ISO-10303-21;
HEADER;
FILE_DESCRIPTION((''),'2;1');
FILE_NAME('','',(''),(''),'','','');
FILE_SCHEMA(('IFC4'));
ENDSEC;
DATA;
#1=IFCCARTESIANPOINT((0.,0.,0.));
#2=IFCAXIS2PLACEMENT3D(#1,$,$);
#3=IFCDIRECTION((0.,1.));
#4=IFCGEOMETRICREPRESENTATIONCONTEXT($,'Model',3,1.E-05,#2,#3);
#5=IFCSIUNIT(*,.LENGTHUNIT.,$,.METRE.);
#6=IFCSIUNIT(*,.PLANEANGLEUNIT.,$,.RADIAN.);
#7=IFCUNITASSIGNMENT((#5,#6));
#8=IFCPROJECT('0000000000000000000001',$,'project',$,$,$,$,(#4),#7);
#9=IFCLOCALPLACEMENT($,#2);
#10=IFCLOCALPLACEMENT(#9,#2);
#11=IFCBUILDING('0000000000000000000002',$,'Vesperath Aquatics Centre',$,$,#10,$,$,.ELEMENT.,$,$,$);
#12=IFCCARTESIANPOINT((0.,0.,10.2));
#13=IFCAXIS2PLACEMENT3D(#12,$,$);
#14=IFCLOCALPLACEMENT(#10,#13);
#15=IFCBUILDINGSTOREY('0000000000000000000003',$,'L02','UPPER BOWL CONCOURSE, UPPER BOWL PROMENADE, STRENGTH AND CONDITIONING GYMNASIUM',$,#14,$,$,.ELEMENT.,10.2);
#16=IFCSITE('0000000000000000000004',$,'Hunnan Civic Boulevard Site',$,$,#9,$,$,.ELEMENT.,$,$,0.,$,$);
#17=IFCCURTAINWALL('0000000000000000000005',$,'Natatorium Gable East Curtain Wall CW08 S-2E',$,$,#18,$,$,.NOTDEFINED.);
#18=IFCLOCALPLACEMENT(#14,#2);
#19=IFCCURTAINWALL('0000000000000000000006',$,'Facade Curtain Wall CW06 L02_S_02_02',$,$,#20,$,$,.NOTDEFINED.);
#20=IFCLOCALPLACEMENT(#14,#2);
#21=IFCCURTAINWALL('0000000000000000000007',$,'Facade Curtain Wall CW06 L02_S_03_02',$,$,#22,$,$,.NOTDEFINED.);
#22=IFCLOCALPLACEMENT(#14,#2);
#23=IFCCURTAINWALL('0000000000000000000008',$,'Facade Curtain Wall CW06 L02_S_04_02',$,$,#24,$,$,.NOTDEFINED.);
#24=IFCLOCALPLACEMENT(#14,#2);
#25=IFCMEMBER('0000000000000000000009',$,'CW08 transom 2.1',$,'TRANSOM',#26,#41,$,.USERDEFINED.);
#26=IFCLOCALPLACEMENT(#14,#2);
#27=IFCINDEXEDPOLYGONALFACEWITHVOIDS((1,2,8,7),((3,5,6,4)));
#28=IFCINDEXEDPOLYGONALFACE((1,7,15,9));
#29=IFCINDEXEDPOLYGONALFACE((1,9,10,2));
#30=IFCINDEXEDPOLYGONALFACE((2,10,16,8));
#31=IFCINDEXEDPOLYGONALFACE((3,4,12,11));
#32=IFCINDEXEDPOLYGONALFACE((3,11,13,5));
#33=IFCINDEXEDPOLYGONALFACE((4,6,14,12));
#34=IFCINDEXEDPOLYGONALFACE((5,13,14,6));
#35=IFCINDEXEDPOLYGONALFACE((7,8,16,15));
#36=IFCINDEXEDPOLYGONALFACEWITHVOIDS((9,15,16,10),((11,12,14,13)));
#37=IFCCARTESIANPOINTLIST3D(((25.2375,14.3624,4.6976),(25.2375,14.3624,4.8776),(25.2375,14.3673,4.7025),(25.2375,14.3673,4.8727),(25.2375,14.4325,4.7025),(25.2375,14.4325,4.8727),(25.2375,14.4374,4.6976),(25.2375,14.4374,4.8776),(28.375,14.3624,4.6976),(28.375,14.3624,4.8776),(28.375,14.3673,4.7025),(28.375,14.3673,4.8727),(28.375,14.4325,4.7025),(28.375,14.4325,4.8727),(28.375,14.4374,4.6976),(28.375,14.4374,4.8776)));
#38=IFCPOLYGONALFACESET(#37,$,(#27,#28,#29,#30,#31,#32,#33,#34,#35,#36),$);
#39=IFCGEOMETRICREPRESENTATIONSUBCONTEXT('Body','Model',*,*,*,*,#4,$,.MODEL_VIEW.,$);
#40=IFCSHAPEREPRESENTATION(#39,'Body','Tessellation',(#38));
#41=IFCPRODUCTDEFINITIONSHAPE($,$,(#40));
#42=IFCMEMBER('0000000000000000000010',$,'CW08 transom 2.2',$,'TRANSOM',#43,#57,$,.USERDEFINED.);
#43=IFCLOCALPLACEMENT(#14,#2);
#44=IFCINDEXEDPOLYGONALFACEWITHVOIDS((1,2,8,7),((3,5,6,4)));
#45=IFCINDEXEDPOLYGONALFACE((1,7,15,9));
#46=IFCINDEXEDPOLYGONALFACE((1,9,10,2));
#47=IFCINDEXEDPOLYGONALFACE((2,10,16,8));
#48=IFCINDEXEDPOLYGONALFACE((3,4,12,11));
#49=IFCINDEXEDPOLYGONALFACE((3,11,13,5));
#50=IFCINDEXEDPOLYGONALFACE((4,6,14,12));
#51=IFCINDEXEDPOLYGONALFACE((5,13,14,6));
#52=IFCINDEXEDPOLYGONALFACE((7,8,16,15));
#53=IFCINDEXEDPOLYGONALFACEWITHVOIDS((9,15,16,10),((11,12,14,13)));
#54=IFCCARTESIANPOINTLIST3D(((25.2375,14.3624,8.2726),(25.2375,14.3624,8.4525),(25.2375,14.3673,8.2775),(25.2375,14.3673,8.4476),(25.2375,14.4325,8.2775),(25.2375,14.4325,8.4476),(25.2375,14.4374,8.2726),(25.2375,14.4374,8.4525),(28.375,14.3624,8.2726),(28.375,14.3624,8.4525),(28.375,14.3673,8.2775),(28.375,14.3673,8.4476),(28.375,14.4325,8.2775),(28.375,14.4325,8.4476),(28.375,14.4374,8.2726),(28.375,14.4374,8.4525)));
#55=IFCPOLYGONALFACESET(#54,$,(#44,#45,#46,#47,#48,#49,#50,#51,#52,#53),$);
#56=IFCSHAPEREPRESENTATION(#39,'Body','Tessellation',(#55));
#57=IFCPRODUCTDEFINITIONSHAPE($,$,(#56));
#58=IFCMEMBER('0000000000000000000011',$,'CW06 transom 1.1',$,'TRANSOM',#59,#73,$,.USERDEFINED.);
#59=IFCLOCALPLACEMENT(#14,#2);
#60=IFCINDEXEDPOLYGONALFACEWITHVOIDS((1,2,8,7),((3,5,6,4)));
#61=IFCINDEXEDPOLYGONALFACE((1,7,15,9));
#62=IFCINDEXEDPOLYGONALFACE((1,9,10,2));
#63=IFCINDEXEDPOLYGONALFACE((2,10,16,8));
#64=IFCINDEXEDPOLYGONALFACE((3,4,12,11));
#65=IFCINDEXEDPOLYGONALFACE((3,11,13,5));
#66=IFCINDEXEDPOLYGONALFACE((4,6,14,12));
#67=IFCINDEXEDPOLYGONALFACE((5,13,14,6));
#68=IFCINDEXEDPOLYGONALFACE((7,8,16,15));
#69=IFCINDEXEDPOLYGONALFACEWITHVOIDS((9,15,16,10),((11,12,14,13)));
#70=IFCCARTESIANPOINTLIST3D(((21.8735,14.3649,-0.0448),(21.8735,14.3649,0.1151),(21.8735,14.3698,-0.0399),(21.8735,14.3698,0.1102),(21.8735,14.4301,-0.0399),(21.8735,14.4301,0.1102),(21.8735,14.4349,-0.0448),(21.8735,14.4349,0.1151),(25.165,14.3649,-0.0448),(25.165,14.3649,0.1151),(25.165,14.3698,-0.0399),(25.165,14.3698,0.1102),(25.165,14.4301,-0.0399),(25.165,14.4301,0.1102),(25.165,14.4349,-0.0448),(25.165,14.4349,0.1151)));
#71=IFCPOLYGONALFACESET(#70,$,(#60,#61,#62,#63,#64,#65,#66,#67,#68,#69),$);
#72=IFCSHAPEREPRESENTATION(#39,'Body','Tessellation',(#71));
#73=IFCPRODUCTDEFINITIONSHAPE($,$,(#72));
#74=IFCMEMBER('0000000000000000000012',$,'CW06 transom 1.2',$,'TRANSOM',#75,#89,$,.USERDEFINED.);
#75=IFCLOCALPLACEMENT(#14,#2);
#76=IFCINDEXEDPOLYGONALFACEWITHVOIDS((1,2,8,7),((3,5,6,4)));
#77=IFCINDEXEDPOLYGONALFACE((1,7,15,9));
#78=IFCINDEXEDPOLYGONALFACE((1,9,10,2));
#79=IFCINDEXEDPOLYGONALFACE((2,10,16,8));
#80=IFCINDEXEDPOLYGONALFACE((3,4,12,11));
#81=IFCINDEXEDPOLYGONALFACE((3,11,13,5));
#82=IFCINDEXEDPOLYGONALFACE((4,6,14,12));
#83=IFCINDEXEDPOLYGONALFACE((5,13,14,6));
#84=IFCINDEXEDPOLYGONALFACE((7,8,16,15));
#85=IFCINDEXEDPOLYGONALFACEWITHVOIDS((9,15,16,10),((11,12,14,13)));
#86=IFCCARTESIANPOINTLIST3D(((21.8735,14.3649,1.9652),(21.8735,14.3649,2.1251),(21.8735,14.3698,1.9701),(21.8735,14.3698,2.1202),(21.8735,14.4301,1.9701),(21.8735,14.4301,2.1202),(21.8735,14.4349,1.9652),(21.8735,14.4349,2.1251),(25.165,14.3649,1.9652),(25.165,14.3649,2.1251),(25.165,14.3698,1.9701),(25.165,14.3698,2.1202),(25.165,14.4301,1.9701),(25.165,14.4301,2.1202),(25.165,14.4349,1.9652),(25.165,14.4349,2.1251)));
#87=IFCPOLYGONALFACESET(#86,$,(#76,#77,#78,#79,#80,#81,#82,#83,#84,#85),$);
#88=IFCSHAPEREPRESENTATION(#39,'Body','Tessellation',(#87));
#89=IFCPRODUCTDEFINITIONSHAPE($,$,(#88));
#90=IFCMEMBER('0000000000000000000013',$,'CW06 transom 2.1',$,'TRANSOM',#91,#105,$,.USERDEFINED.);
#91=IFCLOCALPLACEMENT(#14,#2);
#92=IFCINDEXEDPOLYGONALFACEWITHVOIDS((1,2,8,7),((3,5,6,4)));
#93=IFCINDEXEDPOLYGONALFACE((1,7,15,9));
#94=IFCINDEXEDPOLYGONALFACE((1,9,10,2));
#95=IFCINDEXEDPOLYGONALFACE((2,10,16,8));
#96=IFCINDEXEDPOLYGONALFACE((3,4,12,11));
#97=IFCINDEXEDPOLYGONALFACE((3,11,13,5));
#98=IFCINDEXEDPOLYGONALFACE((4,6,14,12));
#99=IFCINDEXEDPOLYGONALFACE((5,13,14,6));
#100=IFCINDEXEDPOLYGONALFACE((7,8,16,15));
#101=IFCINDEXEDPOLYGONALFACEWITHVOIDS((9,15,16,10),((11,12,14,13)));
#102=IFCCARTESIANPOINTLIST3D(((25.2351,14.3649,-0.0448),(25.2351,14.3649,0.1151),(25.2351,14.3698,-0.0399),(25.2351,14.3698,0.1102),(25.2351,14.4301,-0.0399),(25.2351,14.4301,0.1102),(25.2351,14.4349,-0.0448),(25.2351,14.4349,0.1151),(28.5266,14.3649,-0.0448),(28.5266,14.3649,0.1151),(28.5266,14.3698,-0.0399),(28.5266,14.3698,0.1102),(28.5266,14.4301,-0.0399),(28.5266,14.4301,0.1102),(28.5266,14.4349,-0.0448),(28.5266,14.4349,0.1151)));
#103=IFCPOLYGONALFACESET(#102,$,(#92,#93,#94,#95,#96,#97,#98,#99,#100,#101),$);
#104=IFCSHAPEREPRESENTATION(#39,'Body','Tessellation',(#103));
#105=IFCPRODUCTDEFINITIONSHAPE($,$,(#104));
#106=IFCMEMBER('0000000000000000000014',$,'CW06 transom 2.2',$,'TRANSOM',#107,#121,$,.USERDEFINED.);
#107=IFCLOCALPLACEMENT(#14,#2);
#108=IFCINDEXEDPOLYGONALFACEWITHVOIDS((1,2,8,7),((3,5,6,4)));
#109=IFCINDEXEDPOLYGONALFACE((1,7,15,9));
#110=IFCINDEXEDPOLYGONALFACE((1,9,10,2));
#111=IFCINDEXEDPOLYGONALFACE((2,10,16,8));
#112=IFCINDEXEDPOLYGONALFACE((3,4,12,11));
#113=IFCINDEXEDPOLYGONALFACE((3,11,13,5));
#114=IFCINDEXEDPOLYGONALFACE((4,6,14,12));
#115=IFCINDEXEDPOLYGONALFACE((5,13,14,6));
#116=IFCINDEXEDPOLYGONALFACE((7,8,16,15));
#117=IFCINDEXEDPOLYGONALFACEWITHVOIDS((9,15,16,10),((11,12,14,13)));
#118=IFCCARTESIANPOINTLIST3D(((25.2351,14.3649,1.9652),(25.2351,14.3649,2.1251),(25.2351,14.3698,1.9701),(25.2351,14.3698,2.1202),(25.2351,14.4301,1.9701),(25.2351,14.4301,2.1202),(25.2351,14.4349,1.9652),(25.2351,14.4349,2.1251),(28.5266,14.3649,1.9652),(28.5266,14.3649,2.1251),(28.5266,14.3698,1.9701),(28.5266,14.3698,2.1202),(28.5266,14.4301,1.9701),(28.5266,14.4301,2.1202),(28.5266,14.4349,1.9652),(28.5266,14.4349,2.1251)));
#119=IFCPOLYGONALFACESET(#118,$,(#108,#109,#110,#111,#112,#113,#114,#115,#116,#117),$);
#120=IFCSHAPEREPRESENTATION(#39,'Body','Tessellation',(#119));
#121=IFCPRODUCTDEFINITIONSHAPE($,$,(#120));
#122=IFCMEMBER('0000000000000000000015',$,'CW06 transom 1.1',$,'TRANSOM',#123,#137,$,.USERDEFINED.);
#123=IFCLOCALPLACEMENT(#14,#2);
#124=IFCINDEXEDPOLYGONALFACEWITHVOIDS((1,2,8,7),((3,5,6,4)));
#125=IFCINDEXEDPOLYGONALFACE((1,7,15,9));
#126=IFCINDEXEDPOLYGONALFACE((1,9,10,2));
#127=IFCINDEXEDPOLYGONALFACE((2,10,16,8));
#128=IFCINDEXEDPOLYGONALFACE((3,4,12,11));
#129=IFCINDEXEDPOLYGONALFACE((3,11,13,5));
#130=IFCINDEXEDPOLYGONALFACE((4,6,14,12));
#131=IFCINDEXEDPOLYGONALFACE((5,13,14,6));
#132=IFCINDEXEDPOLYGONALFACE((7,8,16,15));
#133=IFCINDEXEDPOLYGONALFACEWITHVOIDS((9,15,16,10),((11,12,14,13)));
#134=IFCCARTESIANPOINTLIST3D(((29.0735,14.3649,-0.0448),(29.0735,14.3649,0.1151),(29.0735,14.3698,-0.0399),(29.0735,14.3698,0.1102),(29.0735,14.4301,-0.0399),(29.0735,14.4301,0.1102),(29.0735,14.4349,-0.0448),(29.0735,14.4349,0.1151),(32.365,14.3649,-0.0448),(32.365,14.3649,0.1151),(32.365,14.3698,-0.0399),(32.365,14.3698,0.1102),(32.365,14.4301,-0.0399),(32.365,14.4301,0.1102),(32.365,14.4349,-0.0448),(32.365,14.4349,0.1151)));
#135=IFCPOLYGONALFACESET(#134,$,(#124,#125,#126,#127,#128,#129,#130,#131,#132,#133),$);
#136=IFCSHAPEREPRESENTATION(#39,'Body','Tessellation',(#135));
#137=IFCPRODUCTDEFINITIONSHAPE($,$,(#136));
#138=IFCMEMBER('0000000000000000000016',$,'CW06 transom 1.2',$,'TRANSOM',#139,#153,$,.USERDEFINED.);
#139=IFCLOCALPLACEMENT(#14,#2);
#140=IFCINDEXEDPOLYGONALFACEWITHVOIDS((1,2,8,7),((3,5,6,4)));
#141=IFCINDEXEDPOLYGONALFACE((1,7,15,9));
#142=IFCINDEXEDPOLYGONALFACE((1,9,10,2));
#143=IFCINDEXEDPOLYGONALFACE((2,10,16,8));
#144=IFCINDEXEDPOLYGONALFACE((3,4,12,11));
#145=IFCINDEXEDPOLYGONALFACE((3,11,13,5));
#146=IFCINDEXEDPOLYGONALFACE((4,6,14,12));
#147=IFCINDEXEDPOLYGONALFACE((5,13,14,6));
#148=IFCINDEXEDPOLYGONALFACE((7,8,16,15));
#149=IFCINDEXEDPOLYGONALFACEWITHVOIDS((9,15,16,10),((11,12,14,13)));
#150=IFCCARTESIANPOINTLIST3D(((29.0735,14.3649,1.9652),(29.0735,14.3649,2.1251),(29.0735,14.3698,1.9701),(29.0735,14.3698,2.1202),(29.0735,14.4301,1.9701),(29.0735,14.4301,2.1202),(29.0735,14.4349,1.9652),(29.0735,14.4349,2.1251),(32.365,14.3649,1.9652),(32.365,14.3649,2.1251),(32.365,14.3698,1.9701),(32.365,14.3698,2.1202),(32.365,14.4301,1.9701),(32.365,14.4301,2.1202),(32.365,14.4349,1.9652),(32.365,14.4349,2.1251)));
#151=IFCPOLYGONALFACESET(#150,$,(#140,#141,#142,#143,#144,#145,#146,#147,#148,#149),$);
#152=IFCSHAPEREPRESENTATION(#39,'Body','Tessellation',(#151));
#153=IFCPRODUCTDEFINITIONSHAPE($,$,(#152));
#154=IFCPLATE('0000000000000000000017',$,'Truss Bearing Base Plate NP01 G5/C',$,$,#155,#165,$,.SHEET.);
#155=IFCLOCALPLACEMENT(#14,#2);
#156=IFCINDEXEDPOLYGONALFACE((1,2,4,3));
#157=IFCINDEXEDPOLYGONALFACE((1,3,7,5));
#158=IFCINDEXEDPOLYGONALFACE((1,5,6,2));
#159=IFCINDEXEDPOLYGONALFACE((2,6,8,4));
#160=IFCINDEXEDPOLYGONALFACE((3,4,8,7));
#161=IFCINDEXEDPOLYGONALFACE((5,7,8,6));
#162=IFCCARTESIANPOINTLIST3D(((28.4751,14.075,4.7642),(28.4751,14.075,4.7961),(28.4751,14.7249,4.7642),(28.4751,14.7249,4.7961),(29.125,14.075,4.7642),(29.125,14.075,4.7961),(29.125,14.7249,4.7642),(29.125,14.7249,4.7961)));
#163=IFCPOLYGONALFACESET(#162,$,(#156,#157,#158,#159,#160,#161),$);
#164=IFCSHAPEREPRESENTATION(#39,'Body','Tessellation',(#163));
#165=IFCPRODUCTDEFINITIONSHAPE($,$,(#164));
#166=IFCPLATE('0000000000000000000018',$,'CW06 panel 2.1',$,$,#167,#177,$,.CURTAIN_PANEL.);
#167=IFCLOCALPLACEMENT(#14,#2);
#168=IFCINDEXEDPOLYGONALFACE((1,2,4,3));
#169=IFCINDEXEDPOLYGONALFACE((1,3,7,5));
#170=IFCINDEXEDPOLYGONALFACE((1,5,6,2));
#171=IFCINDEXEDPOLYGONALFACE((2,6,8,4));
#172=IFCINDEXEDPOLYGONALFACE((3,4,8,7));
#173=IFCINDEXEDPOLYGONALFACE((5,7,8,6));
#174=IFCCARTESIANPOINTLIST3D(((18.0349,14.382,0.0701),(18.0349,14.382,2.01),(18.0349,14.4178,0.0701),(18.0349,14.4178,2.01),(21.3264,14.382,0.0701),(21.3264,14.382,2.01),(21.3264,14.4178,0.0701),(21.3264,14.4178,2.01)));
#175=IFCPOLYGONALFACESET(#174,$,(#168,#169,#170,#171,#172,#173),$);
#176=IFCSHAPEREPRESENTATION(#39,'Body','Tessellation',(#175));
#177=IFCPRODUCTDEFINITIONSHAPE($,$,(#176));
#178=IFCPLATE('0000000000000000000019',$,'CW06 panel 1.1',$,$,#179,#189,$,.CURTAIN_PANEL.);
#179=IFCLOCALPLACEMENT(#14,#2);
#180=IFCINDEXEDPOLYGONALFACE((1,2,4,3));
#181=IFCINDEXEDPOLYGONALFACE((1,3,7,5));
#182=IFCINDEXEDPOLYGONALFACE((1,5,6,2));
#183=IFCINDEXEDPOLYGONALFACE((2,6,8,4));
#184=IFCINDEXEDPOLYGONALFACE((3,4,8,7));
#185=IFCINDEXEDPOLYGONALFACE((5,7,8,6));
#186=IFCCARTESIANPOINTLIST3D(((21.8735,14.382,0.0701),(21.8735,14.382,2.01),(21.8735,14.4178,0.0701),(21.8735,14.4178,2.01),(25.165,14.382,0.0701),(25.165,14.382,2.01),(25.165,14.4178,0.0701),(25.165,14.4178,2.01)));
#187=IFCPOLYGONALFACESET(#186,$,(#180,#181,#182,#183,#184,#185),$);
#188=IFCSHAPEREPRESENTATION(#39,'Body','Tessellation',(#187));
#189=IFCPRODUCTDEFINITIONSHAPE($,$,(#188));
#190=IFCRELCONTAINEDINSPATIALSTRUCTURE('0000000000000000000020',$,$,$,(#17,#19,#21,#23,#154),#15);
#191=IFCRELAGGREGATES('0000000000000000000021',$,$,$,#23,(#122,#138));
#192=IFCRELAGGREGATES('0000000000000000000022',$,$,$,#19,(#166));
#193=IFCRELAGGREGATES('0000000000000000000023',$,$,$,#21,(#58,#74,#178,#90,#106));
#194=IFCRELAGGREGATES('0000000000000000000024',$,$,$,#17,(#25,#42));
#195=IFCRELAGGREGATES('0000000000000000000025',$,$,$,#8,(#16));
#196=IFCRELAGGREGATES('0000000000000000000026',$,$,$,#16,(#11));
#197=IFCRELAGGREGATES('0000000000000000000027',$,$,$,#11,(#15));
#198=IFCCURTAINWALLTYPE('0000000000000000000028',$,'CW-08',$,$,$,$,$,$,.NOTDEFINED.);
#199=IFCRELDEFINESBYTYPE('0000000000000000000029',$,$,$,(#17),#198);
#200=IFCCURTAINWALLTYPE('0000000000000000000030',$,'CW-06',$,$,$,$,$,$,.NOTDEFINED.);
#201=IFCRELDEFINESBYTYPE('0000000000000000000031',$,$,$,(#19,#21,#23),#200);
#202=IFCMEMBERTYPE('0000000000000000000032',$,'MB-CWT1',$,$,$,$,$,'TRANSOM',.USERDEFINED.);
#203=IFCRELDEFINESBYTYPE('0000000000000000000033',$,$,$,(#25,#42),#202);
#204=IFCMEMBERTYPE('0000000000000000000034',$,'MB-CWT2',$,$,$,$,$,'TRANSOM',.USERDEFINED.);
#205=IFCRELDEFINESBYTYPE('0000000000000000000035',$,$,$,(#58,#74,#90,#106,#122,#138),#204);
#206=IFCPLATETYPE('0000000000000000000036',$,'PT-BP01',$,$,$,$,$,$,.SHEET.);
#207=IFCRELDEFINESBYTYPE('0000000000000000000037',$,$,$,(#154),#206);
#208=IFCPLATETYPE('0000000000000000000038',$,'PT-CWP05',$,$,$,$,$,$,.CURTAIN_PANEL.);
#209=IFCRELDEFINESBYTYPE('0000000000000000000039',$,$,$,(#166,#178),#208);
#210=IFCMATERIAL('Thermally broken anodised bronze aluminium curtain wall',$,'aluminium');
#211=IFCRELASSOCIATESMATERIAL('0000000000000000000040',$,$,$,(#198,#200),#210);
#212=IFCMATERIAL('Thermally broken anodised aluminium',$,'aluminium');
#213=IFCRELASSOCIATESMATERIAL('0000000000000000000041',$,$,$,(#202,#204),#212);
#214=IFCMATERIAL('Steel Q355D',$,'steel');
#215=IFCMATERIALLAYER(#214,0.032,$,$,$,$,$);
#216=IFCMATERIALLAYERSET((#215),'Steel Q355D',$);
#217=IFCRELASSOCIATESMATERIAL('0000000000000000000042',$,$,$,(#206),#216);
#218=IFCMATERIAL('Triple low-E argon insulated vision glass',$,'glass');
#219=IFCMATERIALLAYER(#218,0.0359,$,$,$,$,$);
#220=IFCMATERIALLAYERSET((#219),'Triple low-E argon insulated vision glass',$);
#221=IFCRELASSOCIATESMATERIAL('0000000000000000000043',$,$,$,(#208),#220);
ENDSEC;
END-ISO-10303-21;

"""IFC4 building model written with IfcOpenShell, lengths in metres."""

from ifc_helpers import new_model, si_unit, direction, frame, origin, origin_2d, place, context, subcontext, project, spatial, rectangle, hollow_rectangle, extrude, material, layer, layer_set, material_profile, profile_set, type_object, element, aggregate, save


model = new_model("IFC4")

# Units and contexts
model_context = context("Model", 3, precision=1e-05, world=origin(), true_north=direction((0.0, 1.0)))
body_context = subcontext(model_context, "Body", "Model", "MODEL_VIEW")
ifc_project = project(units=[si_unit("LENGTHUNIT", "METRE"), si_unit("PLANEANGLEUNIT", "RADIAN")], contexts=[model_context])

# Site, building, storey
site_placement = place(None, origin())
site = spatial("IfcSite", under=ifc_project, at=site_placement, Name="Hunnan Civic Boulevard Site", CompositionType="ELEMENT", RefElevation=0.0)
building_placement = place(site_placement, origin())
building = spatial("IfcBuilding", under=site, at=building_placement, Name="Vesperath Aquatics Centre", CompositionType="ELEMENT")
storey_placement = place(building_placement, frame((0.0, 0.0, 10.2)))
storey = spatial("IfcBuildingStorey", under=building, at=storey_placement, Name="L02", Description="UPPER BOWL CONCOURSE, UPPER BOWL PROMENADE, STRENGTH AND CONDITIONING GYMNASIUM", CompositionType="ELEMENT", Elevation=10.2)

# Shared definitions
ifc_material_1 = material(Name="Steel Q355D", Category="steel")

# Shared definitions
ifc_material_2 = material(Name="Thermally broken anodised bronze aluminium curtain wall", Category="aluminium")
curtain_wall_type_1 = type_object("IfcCurtainWallType", Name="CW-08", PredefinedType="NOTDEFINED", material=ifc_material_2)
ifc_material_3 = material(Name="Thermally broken anodised aluminium", Category="aluminium")

# Curtain wall
curtain_wall_1_placement = place(storey_placement, origin())
curtain_wall_1 = element("IfcCurtainWall", 1, at=curtain_wall_1_placement, inside=storey, type_object=curtain_wall_type_1, Name="Natatorium Gable East Curtain Wall CW08 S-2E", PredefinedType="NOTDEFINED")

# Curtain wall
curtain_wall_type_2 = type_object("IfcCurtainWallType", Name="CW-06", PredefinedType="NOTDEFINED", material=ifc_material_2)
curtain_wall_2_placement = place(storey_placement, origin())
curtain_wall_2 = element("IfcCurtainWall", 2, at=curtain_wall_2_placement, inside=storey, type_object=curtain_wall_type_2, Name="Facade Curtain Wall CW06 L02_S_02_02", PredefinedType="NOTDEFINED")

# Curtain wall
curtain_wall_3_placement = place(storey_placement, origin())
curtain_wall_3 = element("IfcCurtainWall", 3, at=curtain_wall_3_placement, inside=storey, type_object=curtain_wall_type_2, Name="Facade Curtain Wall CW06 L02_S_03_02", PredefinedType="NOTDEFINED")

# Curtain wall
curtain_wall_4_placement = place(storey_placement, origin())
curtain_wall_4 = element("IfcCurtainWall", 4, at=curtain_wall_4_placement, inside=storey, type_object=curtain_wall_type_2, Name="Facade Curtain Wall CW06 L02_S_04_02", PredefinedType="NOTDEFINED")

# Members
ifc_material_profile_1 = material_profile(ifc_material_3, hollow_rectangle(XDim=0.075, YDim=0.1799, WallThickness=0.0049, at=origin_2d()), Name="CWT 75x180x5")
ifc_profile_set_1 = profile_set([ifc_material_profile_1], Name="Thermally broken anodised aluminium")
member_type_1 = type_object("IfcMemberType", Name="MB-CWT1", ElementType="TRANSOM", PredefinedType="USERDEFINED", material=ifc_profile_set_1)
member_1_placement = place(storey_placement, frame((25.2375, 14.3999, 4.7876), z_axis=(1.0, 0.0, 0.0), x_axis=(0.0, 1.0, 0.0)))
member_1 = element("IfcMember", 5, at=member_1_placement, type_object=member_type_1, Name="CW08 transom 2.1", ObjectType="TRANSOM", PredefinedType="USERDEFINED", context=body_context, shape_type="SweptSolid", body=[
    extrude(hollow_rectangle(XDim=0.075, YDim=0.1799, WallThickness=0.0049, at=origin_2d()), origin(), (0.0, 0.0, 1.0), 3.1375),
])
member_2_placement = place(storey_placement, frame((25.2375, 14.3999, 8.3625), z_axis=(1.0, 0.0, 0.0), x_axis=(0.0, 1.0, 0.0)))
member_2 = element("IfcMember", 6, at=member_2_placement, type_object=member_type_1, Name="CW08 transom 2.2", ObjectType="TRANSOM", PredefinedType="USERDEFINED", context=body_context, shape_type="SweptSolid", body=[
    extrude(hollow_rectangle(XDim=0.075, YDim=0.1799, WallThickness=0.0049, at=origin_2d()), origin(), (0.0, 0.0, 1.0), 3.1375),
])
ifc_material_profile_2 = material_profile(ifc_material_3, hollow_rectangle(XDim=0.0701, YDim=0.1599, WallThickness=0.0049, at=origin_2d()), Name="CWT 70x160x5")
ifc_profile_set_2 = profile_set([ifc_material_profile_2], Name="Thermally broken anodised aluminium")
member_type_2 = type_object("IfcMemberType", Name="MB-CWT2", ElementType="TRANSOM", PredefinedType="USERDEFINED", material=ifc_profile_set_2)
member_3_placement = place(storey_placement, frame((21.8735, 14.3999, 0.0352), z_axis=(1.0, 0.0, 0.0), x_axis=(0.0, 1.0, 0.0)))
member_3 = element("IfcMember", 7, at=member_3_placement, type_object=member_type_2, Name="CW06 transom 1.1", ObjectType="TRANSOM", PredefinedType="USERDEFINED", context=body_context, shape_type="SweptSolid", body=[
    extrude(hollow_rectangle(XDim=0.0701, YDim=0.1599, WallThickness=0.0049, at=origin_2d()), origin(), (0.0, 0.0, 1.0), 3.2915),
])
member_4_placement = place(storey_placement, frame((21.8735, 14.3999, 2.0452), z_axis=(1.0, 0.0, 0.0), x_axis=(0.0, 1.0, 0.0)))
member_4 = element("IfcMember", 8, at=member_4_placement, type_object=member_type_2, Name="CW06 transom 1.2", ObjectType="TRANSOM", PredefinedType="USERDEFINED", context=body_context, shape_type="SweptSolid", body=[
    extrude(hollow_rectangle(XDim=0.0701, YDim=0.1599, WallThickness=0.0049, at=origin_2d()), origin(), (0.0, 0.0, 1.0), 3.2915),
])
member_5_placement = place(storey_placement, frame((25.2351, 14.3999, 0.0352), z_axis=(1.0, 0.0, 0.0), x_axis=(0.0, 1.0, 0.0)))
member_5 = element("IfcMember", 9, at=member_5_placement, type_object=member_type_2, Name="CW06 transom 2.1", ObjectType="TRANSOM", PredefinedType="USERDEFINED", context=body_context, shape_type="SweptSolid", body=[
    extrude(hollow_rectangle(XDim=0.0701, YDim=0.1599, WallThickness=0.0049, at=origin_2d()), origin(), (0.0, 0.0, 1.0), 3.2915),
])
member_6_placement = place(storey_placement, frame((25.2351, 14.3999, 2.0452), z_axis=(1.0, 0.0, 0.0), x_axis=(0.0, 1.0, 0.0)))
member_6 = element("IfcMember", 10, at=member_6_placement, type_object=member_type_2, Name="CW06 transom 2.2", ObjectType="TRANSOM", PredefinedType="USERDEFINED", context=body_context, shape_type="SweptSolid", body=[
    extrude(hollow_rectangle(XDim=0.0701, YDim=0.1599, WallThickness=0.0049, at=origin_2d()), origin(), (0.0, 0.0, 1.0), 3.2915),
])
member_7_placement = place(storey_placement, frame((29.0735, 14.3999, 0.0352), z_axis=(1.0, 0.0, 0.0), x_axis=(0.0, 1.0, 0.0)))
member_7 = element("IfcMember", 11, at=member_7_placement, type_object=member_type_2, Name="CW06 transom 1.1", ObjectType="TRANSOM", PredefinedType="USERDEFINED", context=body_context, shape_type="SweptSolid", body=[
    extrude(hollow_rectangle(XDim=0.0701, YDim=0.1599, WallThickness=0.0049, at=origin_2d()), origin(), (0.0, 0.0, 1.0), 3.2915),
])
member_8_placement = place(storey_placement, frame((29.0735, 14.3999, 2.0452), z_axis=(1.0, 0.0, 0.0), x_axis=(0.0, 1.0, 0.0)))
member_8 = element("IfcMember", 12, at=member_8_placement, type_object=member_type_2, Name="CW06 transom 1.2", ObjectType="TRANSOM", PredefinedType="USERDEFINED", context=body_context, shape_type="SweptSolid", body=[
    extrude(hollow_rectangle(XDim=0.0701, YDim=0.1599, WallThickness=0.0049, at=origin_2d()), origin(), (0.0, 0.0, 1.0), 3.2915),
])
aggregate(curtain_wall_4, [member_7, member_8])

# Plates
ifc_layer_1 = layer(ifc_material_1, 0.032)
ifc_layer_set_1 = layer_set([ifc_layer_1], Name="Steel Q355D")
plate_type_1 = type_object("IfcPlateType", Name="PT-BP01", PredefinedType="SHEET", material=ifc_layer_set_1)
plate_1_placement = place(storey_placement, frame((28.8, 14.3999, 4.7642), z_axis=(0.0, 0.0, 1.0), x_axis=(1.0, 0.0, 0.0)))
element("IfcPlate", 13, at=plate_1_placement, inside=storey, type_object=plate_type_1, Name="Truss Bearing Base Plate NP01 G5/C", PredefinedType="SHEET", context=body_context, shape_type="SweptSolid", body=[
    extrude(rectangle(XDim=0.6499, YDim=0.6499, at=origin_2d()), origin(), (0.0, 0.0, 1.0), 0.032),
])
ifc_material_4 = material(Name="Triple low-E argon insulated vision glass", Category="glass")
ifc_layer_2 = layer(ifc_material_4, 0.0359)
ifc_layer_set_2 = layer_set([ifc_layer_2], Name="Triple low-E argon insulated vision glass")
plate_type_2 = type_object("IfcPlateType", Name="PT-CWP05", PredefinedType="CURTAIN_PANEL", material=ifc_layer_set_2)
plate_2_placement = place(storey_placement, frame((19.6807, 14.3999, 0.0701), z_axis=(0.0, 0.0, 1.0), x_axis=(1.0, 0.0, 0.0)))
plate_2 = element("IfcPlate", 14, at=plate_2_placement, type_object=plate_type_2, Name="CW06 panel 2.1", PredefinedType="CURTAIN_PANEL", context=body_context, shape_type="SweptSolid", body=[
    extrude(rectangle(XDim=3.2915, YDim=0.0359, at=origin_2d()), origin(), (0.0, 0.0, 1.0), 1.9399),
])
aggregate(curtain_wall_2, [plate_2])
plate_3_placement = place(storey_placement, frame((23.5193, 14.3999, 0.0701), z_axis=(0.0, 0.0, 1.0), x_axis=(1.0, 0.0, 0.0)))
plate_3 = element("IfcPlate", 15, at=plate_3_placement, type_object=plate_type_2, Name="CW06 panel 1.1", PredefinedType="CURTAIN_PANEL", context=body_context, shape_type="SweptSolid", body=[
    extrude(rectangle(XDim=3.2915, YDim=0.0359, at=origin_2d()), origin(), (0.0, 0.0, 1.0), 1.9399),
])
aggregate(curtain_wall_3, [member_3, member_4, plate_3, member_5, member_6])
aggregate(curtain_wall_1, [member_1, member_2])

save(model, "model.ifc")
